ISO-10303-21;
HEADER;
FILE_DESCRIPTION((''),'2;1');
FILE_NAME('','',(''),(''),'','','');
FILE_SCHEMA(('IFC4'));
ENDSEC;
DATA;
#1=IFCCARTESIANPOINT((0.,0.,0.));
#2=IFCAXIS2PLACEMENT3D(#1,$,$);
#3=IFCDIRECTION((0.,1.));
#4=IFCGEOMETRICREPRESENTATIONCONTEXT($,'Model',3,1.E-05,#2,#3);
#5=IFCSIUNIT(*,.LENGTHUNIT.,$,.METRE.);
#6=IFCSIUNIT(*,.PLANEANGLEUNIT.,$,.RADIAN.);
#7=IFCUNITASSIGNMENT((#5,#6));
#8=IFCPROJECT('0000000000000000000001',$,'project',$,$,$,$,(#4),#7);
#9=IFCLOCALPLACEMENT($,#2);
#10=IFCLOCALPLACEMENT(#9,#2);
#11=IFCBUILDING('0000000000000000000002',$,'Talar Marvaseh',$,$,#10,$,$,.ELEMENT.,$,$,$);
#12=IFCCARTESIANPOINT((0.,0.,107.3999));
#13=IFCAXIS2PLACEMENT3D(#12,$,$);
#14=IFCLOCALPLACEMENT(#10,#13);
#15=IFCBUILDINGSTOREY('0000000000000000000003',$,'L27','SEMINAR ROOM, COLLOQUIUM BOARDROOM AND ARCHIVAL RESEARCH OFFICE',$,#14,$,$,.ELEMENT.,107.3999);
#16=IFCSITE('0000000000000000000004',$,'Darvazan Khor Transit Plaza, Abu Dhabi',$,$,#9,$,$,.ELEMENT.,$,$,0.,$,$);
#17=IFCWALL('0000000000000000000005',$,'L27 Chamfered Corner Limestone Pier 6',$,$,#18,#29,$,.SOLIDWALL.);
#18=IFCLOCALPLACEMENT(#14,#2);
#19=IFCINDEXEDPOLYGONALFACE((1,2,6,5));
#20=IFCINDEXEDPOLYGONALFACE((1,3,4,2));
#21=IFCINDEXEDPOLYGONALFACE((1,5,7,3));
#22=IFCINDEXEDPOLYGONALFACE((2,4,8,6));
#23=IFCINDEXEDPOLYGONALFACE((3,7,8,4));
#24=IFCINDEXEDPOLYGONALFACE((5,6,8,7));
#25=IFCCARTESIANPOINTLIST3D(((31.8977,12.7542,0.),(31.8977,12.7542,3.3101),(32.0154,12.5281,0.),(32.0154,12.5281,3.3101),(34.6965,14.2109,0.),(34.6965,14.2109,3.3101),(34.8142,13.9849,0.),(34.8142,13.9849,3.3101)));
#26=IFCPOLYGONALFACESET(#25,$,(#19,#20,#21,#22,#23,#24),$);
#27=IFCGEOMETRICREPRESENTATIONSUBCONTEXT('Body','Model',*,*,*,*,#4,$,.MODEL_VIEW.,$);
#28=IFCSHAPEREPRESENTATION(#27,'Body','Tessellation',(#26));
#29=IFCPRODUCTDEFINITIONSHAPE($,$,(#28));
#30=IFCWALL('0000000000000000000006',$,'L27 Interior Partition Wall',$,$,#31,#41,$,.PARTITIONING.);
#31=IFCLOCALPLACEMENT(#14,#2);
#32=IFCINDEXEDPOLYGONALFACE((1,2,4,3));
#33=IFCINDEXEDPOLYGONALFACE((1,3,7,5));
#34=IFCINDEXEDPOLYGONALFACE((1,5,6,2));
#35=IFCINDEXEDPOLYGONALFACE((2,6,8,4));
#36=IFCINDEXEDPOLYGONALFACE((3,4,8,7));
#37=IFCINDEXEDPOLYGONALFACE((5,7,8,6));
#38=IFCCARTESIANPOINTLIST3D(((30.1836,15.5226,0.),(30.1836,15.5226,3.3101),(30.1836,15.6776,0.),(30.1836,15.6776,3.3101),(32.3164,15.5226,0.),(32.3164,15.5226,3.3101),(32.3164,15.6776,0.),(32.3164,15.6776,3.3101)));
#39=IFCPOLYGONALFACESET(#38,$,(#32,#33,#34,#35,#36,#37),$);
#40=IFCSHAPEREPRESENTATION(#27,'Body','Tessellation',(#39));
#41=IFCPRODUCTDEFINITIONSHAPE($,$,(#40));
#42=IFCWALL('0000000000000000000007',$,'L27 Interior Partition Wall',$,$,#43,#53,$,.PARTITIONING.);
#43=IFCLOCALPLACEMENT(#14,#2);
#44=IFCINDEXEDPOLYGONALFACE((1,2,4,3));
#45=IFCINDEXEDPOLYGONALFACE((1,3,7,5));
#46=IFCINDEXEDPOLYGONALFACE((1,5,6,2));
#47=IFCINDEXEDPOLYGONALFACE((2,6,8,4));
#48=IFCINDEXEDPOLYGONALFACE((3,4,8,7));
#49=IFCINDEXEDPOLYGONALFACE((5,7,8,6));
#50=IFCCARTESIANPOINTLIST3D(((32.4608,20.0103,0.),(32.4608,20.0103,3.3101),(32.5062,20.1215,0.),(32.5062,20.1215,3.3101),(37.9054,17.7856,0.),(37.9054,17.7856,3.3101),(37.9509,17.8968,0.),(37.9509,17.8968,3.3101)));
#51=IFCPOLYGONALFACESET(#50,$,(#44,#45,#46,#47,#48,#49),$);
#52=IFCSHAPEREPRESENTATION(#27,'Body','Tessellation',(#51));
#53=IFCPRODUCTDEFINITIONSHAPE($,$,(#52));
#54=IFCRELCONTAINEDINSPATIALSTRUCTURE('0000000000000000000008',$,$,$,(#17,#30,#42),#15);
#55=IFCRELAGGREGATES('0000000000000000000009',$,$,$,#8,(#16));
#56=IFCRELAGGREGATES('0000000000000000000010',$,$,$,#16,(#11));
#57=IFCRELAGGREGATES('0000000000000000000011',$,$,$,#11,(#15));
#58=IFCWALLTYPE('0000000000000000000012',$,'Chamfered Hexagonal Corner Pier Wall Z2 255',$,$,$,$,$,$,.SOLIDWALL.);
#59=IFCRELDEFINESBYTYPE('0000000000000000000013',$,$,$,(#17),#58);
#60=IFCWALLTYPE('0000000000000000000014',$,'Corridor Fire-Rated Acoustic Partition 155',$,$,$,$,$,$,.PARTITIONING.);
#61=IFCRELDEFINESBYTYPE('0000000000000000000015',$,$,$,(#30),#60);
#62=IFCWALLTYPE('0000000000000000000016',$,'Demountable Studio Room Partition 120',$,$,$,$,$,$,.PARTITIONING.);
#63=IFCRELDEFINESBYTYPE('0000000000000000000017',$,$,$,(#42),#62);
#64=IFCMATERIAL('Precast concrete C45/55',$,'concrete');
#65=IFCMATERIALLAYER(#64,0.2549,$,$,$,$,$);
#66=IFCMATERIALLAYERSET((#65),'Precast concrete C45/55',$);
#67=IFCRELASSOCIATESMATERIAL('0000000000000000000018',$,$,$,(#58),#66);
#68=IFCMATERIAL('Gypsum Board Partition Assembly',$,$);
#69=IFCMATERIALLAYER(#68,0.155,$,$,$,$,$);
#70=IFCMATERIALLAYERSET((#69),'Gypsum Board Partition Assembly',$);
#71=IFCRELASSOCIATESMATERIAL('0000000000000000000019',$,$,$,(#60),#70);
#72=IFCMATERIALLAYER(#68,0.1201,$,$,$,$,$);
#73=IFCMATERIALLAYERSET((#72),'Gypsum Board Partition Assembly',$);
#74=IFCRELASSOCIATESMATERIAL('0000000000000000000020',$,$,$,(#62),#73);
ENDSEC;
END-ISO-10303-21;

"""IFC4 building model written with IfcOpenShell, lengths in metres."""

from ifc_helpers import new_model, si_unit, direction, frame, frame_2d, origin, place, context, subcontext, project, spatial, rectangle, extrude, material, layer, layer_set, type_object, element, save


model = new_model("IFC4")

# Units and contexts
model_context = context("Model", 3, precision=1e-05, world=origin(), true_north=direction((0.0, 1.0)))
body_context = subcontext(model_context, "Body", "Model", "MODEL_VIEW")
ifc_project = project(units=[si_unit("LENGTHUNIT", "METRE"), si_unit("PLANEANGLEUNIT", "RADIAN")], contexts=[model_context])

# Site, building, storey
site_placement = place(None, origin())
site = spatial("IfcSite", under=ifc_project, at=site_placement, Name="Darvazan Khor Transit Plaza, Abu Dhabi", CompositionType="ELEMENT", RefElevation=0.0)
building_placement = place(site_placement, origin())
building = spatial("IfcBuilding", under=site, at=building_placement, Name="Talar Marvaseh", CompositionType="ELEMENT")
storey_placement = place(building_placement, frame((0.0, 0.0, 107.3999)))
storey = spatial("IfcBuildingStorey", under=building, at=storey_placement, Name="L27", Description="SEMINAR ROOM, COLLOQUIUM BOARDROOM AND ARCHIVAL RESEARCH OFFICE", CompositionType="ELEMENT", Elevation=107.3999)

# Walls
ifc_material_1 = material(Name="Precast concrete C45/55", Category="concrete")
ifc_layer_1 = layer(ifc_material_1, 0.2549)
ifc_layer_set_1 = layer_set([ifc_layer_1], Name="Precast concrete C45/55")
wall_type_1 = type_object("IfcWallType", Name="Chamfered Hexagonal Corner Pier Wall Z2 255", PredefinedType="SOLIDWALL", material=ifc_layer_set_1)
wall_1_placement = place(storey_placement, frame((34.7554, 14.0979, 0.0), z_axis=(0.0, 0.0, 1.0), x_axis=(-0.887036, -0.461701, 0.0)))
element("IfcWall", 1, at=wall_1_placement, inside=storey, type_object=wall_type_1, Name="L27 Chamfered Corner Limestone Pier 6", PredefinedType="SOLIDWALL", context=body_context, shape_type="SweptSolid", body=[
    extrude(rectangle(XDim=3.1553, YDim=0.2549, at=frame_2d((1.5776, 0.0))), origin(), (0.0, 0.0, 1.0), 3.3101),
])
ifc_material_2 = material(Name="Gypsum Board Partition Assembly")
ifc_layer_2 = layer(ifc_material_2, 0.155)
ifc_layer_set_2 = layer_set([ifc_layer_2], Name="Gypsum Board Partition Assembly")
wall_type_2 = type_object("IfcWallType", Name="Corridor Fire-Rated Acoustic Partition 155", PredefinedType="PARTITIONING", material=ifc_layer_set_2)
wall_2_placement = place(storey_placement, frame((32.3164, 15.6001, 0.0), z_axis=(0.0, 0.0, 1.0), x_axis=(-1.0, 0.0, 0.0)))
element("IfcWall", 2, at=wall_2_placement, inside=storey, type_object=wall_type_2, Name="L27 Interior Partition Wall", PredefinedType="PARTITIONING", context=body_context, shape_type="SweptSolid", body=[
    extrude(rectangle(XDim=2.1328, YDim=0.155, at=frame_2d((1.0664, 0.0))), origin(), (0.0, 0.0, 1.0), 3.3101),
])
ifc_layer_3 = layer(ifc_material_2, 0.1201)
ifc_layer_set_3 = layer_set([ifc_layer_3], Name="Gypsum Board Partition Assembly")
wall_type_3 = type_object("IfcWallType", Name="Demountable Studio Room Partition 120", PredefinedType="PARTITIONING", material=ifc_layer_set_3)
wall_3_placement = place(storey_placement, frame((32.4834, 20.0659, 0.0), z_axis=(0.0, 0.0, 1.0), x_axis=(0.925709, -0.378237, 0.0)))
element("IfcWall", 3, at=wall_3_placement, inside=storey, type_object=wall_type_3, Name="L27 Interior Partition Wall", PredefinedType="PARTITIONING", context=body_context, shape_type="SweptSolid", body=[
    extrude(rectangle(XDim=5.8816, YDim=0.1201, at=frame_2d((2.9409, 0.0))), origin(), (0.0, 0.0, 1.0), 3.3101),
])

save(model, "model.ifc")
